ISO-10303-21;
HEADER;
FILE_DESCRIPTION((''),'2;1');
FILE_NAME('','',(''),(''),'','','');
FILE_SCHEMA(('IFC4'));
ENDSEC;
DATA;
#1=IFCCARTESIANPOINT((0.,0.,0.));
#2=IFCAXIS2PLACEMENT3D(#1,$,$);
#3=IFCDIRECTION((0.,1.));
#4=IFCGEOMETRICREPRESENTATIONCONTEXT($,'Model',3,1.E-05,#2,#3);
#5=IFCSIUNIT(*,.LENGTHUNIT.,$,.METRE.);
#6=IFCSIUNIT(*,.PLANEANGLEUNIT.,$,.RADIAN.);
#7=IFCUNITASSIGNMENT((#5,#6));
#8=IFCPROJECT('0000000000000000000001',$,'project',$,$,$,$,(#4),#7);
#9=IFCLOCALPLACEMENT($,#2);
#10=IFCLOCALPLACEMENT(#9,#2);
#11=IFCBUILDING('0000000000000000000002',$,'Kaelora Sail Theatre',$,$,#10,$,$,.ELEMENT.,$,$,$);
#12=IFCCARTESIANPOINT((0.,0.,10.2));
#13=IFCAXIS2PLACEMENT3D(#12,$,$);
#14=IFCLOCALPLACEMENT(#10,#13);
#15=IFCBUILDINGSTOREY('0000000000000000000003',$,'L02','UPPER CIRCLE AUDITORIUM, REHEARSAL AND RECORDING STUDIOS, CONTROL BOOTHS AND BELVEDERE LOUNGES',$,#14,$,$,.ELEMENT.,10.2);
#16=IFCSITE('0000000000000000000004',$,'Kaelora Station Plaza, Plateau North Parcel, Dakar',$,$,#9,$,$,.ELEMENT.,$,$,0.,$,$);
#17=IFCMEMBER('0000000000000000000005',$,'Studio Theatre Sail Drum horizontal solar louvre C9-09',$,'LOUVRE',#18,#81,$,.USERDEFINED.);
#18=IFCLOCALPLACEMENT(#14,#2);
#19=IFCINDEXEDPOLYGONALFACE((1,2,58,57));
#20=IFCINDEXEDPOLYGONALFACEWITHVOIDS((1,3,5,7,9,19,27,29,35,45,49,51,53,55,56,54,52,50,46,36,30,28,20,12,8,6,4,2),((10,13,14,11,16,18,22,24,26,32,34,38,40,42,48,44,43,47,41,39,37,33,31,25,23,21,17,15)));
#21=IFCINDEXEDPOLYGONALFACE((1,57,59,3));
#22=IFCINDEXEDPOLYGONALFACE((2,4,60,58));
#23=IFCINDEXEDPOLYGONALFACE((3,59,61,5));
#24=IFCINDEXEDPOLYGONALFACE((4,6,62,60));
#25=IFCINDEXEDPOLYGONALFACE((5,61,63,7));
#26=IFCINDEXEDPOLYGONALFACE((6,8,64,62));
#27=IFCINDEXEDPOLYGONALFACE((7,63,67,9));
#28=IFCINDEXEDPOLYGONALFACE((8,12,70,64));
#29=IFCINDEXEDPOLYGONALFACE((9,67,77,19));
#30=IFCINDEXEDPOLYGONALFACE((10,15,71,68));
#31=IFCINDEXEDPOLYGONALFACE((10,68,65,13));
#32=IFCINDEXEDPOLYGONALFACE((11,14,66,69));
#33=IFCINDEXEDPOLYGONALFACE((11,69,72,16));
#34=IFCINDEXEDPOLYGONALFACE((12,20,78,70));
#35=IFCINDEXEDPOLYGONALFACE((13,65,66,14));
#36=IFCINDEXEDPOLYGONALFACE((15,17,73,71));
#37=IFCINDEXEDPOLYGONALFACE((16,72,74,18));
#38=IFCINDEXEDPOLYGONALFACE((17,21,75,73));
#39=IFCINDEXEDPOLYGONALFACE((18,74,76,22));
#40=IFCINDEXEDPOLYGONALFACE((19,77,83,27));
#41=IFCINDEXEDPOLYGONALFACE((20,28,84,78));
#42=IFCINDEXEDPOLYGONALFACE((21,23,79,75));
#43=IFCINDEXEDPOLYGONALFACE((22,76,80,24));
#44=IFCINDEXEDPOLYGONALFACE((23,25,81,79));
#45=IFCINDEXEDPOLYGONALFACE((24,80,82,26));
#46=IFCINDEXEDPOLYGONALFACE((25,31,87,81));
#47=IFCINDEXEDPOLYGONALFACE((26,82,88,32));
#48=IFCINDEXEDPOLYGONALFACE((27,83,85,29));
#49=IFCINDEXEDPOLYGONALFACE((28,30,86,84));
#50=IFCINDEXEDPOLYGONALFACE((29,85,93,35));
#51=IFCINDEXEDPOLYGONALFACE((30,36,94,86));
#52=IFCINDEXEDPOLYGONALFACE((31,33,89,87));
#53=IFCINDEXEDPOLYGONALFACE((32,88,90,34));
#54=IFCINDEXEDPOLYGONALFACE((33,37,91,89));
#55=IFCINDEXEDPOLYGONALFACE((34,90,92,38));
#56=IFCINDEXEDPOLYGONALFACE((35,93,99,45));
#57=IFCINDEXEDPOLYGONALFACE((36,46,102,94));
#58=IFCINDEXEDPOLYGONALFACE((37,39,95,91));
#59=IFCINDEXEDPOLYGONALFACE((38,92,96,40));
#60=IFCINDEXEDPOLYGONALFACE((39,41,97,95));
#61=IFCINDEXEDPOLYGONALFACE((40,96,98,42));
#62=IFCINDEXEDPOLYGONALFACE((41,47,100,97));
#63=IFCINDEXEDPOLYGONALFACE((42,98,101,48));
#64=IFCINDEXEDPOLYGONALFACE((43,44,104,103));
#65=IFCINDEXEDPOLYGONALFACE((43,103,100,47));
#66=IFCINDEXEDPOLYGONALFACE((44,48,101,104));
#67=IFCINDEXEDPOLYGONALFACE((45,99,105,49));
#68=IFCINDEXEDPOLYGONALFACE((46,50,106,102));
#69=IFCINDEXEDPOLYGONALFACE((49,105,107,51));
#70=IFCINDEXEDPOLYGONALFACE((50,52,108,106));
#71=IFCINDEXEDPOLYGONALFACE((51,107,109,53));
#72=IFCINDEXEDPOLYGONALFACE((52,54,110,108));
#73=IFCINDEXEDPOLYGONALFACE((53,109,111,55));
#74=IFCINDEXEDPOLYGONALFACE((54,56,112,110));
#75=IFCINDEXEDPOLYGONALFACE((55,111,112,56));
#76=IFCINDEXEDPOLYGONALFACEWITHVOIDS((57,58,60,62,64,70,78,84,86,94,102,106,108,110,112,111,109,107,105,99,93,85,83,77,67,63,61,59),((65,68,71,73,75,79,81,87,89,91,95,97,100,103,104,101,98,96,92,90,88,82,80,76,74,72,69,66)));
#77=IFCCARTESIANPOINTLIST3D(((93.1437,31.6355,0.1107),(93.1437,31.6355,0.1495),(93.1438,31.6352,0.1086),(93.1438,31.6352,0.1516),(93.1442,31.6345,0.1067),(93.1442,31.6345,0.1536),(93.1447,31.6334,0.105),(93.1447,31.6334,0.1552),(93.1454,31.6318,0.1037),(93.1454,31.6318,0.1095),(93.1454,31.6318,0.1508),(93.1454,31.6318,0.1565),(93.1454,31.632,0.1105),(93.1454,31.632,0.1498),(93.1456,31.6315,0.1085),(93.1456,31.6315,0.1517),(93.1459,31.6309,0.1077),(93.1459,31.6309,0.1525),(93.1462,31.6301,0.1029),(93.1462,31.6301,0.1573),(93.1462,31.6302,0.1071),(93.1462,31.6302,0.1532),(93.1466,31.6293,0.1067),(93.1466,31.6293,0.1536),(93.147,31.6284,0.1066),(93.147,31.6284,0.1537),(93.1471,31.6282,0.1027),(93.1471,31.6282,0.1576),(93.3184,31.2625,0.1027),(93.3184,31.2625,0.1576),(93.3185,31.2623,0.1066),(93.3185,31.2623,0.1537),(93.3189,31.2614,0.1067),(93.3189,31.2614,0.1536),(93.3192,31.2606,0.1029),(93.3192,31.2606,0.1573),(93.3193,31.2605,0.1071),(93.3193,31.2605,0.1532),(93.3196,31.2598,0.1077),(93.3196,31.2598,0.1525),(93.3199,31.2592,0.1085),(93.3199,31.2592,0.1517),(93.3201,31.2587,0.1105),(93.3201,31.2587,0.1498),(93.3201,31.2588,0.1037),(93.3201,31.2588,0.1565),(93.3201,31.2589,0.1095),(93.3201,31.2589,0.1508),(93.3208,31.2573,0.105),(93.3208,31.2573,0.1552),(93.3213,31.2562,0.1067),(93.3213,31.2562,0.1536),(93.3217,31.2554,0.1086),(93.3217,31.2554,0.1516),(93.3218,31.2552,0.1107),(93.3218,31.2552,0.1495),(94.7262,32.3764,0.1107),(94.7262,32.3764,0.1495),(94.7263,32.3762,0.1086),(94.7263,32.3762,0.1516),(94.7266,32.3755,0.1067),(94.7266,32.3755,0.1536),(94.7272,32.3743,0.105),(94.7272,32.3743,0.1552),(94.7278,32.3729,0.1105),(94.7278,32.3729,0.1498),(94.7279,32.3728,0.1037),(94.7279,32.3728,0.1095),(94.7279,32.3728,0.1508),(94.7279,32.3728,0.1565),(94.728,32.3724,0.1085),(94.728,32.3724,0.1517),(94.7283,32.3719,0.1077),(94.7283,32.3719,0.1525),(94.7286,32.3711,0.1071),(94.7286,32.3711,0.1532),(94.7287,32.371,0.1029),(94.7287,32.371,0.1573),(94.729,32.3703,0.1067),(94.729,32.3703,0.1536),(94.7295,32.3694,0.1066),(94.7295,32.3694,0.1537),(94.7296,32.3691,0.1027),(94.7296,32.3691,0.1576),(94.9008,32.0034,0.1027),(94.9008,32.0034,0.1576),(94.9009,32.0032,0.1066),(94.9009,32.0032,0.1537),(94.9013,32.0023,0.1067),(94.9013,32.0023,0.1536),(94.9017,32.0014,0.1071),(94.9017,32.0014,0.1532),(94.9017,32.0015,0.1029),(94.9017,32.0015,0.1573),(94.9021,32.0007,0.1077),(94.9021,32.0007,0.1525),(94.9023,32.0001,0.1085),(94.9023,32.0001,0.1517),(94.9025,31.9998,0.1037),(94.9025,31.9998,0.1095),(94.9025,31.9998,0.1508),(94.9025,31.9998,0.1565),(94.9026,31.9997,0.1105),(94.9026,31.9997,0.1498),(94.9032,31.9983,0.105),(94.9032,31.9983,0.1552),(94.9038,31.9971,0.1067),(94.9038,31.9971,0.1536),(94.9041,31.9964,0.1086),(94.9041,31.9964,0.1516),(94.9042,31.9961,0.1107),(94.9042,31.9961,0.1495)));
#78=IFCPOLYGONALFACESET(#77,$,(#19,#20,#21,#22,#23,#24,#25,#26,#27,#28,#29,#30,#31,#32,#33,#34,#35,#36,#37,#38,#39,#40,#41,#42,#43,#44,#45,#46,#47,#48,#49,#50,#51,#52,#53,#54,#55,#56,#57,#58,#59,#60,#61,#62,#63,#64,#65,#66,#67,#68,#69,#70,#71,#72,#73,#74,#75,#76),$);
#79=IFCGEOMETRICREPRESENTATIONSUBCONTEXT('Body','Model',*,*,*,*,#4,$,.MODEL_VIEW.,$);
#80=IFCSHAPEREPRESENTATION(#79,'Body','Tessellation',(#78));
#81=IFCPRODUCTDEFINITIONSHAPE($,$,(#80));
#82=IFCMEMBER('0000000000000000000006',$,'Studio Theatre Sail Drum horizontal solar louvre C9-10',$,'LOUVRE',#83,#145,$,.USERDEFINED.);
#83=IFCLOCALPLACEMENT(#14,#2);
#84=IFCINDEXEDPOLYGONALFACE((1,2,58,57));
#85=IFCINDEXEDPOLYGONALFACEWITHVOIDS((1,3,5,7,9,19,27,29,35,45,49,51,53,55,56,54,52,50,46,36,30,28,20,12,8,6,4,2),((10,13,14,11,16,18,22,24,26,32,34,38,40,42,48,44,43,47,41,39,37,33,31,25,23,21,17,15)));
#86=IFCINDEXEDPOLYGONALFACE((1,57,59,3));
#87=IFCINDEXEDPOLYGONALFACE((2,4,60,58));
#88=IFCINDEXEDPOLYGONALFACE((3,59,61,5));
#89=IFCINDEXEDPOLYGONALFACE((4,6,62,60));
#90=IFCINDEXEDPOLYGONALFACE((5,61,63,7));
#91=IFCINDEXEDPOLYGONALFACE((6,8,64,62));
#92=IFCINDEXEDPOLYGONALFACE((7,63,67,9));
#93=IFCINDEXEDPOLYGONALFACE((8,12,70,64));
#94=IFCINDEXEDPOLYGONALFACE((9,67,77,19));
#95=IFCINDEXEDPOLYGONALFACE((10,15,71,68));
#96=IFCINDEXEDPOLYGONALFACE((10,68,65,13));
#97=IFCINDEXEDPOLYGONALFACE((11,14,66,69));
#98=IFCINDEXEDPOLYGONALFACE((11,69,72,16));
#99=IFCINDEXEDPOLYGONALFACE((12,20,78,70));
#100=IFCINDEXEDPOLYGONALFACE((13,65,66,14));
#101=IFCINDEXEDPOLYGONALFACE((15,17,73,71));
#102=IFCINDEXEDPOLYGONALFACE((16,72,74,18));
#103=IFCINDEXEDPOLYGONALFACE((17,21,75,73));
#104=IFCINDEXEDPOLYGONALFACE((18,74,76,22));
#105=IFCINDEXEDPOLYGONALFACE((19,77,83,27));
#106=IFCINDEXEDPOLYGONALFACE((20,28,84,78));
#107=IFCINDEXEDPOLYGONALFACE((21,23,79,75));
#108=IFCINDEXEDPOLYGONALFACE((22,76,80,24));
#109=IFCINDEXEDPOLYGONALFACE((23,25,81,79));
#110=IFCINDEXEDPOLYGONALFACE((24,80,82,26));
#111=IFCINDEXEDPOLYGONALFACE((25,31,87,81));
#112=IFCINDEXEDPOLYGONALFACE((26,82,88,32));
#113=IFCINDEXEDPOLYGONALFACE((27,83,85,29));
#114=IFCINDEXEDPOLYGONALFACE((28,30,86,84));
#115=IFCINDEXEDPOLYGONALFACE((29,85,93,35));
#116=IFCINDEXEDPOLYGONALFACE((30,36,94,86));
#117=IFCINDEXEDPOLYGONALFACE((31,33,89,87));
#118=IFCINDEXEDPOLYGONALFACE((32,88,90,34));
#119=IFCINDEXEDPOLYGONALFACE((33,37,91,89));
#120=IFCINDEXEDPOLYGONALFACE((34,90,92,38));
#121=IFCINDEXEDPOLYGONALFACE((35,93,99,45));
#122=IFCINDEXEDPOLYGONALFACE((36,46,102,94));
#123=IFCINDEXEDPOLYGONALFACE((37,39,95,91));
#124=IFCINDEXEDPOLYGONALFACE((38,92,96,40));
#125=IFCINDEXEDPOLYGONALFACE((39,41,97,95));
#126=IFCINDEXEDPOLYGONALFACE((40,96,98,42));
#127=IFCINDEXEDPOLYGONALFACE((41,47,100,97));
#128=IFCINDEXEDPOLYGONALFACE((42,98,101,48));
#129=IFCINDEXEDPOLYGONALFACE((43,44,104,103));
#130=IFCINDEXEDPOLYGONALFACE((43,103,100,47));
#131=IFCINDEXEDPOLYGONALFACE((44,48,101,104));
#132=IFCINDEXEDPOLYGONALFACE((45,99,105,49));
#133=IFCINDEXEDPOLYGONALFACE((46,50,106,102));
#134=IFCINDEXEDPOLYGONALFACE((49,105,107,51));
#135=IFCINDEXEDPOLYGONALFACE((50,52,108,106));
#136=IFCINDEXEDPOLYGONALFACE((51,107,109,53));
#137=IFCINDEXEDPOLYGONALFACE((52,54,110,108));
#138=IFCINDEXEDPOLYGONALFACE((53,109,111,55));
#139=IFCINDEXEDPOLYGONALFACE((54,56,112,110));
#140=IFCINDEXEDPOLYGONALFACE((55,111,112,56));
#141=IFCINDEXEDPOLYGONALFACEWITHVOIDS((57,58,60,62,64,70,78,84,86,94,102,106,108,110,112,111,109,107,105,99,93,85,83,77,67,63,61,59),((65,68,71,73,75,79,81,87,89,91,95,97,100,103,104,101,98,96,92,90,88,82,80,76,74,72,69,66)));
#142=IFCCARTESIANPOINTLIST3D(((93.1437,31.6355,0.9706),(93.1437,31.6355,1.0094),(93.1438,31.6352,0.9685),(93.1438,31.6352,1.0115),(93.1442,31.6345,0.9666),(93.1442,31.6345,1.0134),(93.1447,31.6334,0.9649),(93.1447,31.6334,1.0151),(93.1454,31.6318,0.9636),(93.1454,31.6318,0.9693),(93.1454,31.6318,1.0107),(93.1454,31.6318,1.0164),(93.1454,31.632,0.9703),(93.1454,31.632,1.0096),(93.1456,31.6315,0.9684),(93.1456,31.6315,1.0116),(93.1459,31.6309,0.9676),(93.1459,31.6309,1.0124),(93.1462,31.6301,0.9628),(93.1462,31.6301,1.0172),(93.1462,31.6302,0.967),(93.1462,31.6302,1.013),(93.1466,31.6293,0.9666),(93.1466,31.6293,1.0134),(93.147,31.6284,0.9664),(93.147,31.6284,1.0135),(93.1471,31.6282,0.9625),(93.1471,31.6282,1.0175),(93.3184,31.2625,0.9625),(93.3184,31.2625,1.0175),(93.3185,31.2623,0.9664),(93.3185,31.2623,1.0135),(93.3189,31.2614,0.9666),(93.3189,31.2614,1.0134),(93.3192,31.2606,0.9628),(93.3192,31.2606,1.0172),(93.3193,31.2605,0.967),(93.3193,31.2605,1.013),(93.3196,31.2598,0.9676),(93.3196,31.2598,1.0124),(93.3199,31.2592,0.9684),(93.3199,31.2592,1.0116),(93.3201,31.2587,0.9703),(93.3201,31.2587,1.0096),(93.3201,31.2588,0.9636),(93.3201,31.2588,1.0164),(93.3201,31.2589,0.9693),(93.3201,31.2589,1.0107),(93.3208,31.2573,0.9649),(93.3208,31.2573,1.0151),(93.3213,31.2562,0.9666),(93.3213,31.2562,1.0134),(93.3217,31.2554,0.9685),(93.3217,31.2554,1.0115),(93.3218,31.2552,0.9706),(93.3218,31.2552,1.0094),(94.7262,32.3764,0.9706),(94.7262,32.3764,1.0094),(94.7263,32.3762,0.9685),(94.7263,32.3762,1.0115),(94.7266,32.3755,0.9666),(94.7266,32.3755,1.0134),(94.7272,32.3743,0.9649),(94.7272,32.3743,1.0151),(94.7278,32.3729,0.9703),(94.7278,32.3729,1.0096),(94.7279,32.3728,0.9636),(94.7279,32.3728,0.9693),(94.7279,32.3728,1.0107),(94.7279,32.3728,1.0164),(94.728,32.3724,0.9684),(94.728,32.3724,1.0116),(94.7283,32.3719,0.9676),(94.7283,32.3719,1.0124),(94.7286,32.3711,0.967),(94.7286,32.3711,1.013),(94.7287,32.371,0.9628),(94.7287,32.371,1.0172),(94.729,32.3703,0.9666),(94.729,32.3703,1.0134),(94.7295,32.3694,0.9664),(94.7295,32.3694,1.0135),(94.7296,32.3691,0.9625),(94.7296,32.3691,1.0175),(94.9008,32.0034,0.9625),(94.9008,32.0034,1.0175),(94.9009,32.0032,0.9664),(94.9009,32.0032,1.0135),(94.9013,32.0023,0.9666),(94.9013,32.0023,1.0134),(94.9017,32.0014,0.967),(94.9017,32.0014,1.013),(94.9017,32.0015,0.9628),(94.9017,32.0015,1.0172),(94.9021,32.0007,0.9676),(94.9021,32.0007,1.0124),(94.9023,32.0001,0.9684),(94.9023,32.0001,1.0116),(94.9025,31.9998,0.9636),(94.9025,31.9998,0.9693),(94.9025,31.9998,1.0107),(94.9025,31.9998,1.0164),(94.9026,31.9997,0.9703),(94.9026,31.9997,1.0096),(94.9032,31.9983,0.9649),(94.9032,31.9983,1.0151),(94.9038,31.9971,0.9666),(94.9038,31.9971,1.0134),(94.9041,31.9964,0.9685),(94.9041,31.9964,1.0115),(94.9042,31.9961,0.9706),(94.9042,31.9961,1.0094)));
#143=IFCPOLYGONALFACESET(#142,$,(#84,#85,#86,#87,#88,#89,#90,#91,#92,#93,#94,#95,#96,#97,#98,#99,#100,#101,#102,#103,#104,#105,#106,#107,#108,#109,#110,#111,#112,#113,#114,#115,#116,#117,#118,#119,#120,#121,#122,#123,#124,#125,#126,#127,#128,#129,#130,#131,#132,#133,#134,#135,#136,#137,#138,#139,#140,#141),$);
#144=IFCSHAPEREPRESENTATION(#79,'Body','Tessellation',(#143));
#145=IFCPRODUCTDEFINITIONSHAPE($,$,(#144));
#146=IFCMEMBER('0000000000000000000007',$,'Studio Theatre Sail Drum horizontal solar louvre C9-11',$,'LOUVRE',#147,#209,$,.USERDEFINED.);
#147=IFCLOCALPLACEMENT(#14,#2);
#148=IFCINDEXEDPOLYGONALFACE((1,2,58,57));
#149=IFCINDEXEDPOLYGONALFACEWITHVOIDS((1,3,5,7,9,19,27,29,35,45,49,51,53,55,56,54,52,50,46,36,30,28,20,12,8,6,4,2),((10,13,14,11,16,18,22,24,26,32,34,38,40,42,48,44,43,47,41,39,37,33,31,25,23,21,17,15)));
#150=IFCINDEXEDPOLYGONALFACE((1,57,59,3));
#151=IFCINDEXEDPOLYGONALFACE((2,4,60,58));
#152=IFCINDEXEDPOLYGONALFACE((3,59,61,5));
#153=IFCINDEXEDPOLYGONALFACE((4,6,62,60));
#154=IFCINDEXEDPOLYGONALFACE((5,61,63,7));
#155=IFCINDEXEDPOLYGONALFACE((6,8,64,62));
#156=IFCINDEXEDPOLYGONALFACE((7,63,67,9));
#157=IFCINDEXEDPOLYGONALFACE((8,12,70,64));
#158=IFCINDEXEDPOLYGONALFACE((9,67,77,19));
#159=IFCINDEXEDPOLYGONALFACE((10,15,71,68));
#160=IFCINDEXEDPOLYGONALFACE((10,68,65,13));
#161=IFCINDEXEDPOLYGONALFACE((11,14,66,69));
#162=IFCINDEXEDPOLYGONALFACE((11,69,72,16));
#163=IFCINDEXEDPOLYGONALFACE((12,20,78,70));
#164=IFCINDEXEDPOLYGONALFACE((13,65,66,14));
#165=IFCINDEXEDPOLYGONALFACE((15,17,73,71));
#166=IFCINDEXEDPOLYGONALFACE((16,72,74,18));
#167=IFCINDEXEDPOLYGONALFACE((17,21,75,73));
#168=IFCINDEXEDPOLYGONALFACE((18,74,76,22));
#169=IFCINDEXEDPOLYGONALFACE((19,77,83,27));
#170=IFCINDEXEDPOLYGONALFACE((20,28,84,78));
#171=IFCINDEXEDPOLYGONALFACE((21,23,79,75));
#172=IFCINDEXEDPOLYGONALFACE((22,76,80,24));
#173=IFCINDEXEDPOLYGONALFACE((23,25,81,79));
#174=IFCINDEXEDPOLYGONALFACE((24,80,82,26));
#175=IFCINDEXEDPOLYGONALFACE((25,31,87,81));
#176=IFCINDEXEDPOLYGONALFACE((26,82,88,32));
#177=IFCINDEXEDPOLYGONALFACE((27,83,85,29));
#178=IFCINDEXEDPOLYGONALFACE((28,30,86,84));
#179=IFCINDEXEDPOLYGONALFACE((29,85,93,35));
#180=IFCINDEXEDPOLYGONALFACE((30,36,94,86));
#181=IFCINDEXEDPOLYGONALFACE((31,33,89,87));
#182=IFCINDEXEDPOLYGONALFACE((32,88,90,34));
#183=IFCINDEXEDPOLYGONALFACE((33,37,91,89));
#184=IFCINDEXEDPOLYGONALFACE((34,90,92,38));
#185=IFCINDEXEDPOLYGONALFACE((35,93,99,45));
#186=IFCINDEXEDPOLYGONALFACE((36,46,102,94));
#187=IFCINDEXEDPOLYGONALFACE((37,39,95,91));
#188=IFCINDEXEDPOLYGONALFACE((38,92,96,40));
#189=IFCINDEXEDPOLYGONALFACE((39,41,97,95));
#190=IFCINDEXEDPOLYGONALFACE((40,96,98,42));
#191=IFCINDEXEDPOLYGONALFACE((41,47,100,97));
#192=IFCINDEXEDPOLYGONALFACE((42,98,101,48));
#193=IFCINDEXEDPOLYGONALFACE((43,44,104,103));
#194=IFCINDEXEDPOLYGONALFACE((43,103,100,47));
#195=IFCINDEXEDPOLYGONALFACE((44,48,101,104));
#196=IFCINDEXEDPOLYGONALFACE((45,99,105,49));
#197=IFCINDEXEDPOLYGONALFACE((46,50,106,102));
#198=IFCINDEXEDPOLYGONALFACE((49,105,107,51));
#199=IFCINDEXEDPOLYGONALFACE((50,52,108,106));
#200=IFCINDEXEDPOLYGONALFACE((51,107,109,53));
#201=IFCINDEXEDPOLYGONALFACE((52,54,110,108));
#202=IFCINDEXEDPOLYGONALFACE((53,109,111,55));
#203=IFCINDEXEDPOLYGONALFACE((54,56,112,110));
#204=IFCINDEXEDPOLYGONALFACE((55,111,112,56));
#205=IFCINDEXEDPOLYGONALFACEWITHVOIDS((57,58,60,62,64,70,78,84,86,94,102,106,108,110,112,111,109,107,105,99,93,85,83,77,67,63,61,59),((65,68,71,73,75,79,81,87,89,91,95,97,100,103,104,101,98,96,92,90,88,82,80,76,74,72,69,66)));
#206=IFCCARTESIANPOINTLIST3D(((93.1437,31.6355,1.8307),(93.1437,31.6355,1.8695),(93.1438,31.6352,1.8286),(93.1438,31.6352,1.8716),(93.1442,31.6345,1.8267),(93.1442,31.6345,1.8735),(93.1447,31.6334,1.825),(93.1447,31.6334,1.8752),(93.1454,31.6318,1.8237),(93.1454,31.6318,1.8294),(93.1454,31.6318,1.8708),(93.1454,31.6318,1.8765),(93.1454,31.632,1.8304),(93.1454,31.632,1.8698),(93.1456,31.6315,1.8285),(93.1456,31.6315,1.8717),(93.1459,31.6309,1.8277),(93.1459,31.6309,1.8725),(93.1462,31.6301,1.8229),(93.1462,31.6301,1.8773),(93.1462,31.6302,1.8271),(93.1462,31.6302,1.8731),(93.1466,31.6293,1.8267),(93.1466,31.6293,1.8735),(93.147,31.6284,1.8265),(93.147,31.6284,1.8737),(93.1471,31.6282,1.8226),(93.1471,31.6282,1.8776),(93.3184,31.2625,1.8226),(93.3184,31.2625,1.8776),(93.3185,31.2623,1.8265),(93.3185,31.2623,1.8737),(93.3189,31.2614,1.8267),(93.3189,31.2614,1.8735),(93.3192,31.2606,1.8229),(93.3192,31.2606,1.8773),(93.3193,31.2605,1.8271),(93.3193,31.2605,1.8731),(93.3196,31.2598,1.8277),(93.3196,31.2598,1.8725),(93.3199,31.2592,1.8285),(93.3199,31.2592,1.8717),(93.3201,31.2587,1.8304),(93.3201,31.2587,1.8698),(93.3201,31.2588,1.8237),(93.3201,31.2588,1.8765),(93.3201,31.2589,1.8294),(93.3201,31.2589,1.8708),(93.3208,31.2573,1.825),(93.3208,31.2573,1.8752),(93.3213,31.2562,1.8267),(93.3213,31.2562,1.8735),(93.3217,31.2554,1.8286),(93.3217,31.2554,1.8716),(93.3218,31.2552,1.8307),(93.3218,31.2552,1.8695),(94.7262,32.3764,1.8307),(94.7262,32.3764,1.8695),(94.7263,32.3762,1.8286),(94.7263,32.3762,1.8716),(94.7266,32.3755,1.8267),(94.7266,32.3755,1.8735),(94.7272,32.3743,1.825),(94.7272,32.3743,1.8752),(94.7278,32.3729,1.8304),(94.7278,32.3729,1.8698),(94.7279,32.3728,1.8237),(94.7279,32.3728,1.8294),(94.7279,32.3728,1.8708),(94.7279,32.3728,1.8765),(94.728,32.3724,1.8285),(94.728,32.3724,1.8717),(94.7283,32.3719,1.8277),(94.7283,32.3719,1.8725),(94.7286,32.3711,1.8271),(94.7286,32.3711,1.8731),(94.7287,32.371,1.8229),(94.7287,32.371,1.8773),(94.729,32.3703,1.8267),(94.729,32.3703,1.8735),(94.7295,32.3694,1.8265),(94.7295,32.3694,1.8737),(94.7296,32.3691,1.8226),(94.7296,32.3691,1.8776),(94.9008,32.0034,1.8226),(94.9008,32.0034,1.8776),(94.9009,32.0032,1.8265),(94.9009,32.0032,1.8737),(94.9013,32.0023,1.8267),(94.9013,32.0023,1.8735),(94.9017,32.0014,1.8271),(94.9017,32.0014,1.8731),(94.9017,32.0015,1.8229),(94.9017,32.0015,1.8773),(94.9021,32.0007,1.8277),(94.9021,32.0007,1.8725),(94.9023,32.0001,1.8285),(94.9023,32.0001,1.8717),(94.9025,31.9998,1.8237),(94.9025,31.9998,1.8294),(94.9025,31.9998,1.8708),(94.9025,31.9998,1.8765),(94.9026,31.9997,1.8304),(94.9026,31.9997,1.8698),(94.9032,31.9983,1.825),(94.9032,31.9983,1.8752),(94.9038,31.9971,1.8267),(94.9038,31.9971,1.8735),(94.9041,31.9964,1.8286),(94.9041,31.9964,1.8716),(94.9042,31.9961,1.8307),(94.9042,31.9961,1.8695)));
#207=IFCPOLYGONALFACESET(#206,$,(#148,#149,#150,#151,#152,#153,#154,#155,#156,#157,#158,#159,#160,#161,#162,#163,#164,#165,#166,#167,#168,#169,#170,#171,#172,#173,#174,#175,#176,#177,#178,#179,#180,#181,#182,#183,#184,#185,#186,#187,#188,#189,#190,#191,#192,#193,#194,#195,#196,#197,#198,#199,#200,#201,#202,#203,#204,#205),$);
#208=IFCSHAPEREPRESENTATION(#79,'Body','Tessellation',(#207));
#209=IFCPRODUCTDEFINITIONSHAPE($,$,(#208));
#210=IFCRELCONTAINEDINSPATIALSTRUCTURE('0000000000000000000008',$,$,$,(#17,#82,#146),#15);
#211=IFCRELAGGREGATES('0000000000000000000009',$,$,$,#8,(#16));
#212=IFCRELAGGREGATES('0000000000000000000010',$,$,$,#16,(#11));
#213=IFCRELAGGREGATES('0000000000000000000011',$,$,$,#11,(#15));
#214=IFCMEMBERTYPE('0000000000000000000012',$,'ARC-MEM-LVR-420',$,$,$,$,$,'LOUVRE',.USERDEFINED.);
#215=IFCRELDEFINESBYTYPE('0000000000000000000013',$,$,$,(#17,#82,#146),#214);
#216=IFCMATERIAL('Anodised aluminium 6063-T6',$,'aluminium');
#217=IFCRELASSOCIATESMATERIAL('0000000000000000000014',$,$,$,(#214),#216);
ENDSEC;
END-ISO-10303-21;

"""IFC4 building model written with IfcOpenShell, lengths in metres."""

from ifc_helpers import new_model, si_unit, direction, frame, origin, origin_2d, place, context, subcontext, project, spatial, hollow_rectangle, extrude, material, material_profile, profile_set, type_object, element, save


model = new_model("IFC4")

# Units and contexts
model_context = context("Model", 3, precision=1e-05, world=origin(), true_north=direction((0.0, 1.0)))
body_context = subcontext(model_context, "Body", "Model", "MODEL_VIEW")
ifc_project = project(units=[si_unit("LENGTHUNIT", "METRE"), si_unit("PLANEANGLEUNIT", "RADIAN")], contexts=[model_context])

# Site, building, storey
site_placement = place(None, origin())
site = spatial("IfcSite", under=ifc_project, at=site_placement, Name="Kaelora Station Plaza, Plateau North Parcel, Dakar", CompositionType="ELEMENT", RefElevation=0.0)
building_placement = place(site_placement, origin())
building = spatial("IfcBuilding", under=site, at=building_placement, Name="Kaelora Sail Theatre", CompositionType="ELEMENT")
storey_placement = place(building_placement, frame((0.0, 0.0, 10.2)))
storey = spatial("IfcBuildingStorey", under=building, at=storey_placement, Name="L02", Description="UPPER CIRCLE AUDITORIUM, REHEARSAL AND RECORDING STUDIOS, CONTROL BOOTHS AND BELVEDERE LOUNGES", CompositionType="ELEMENT", Elevation=10.2)

# Members
ifc_material_1 = material(Name="Anodised aluminium 6063-T6", Category="aluminium")
ifc_material_profile_1 = material_profile(ifc_material_1, hollow_rectangle(XDim=0.4199, YDim=0.0549, WallThickness=0.0039, InnerFilletRadius=0.0039, OuterFilletRadius=0.0081, at=origin_2d()), Name="LOUVRE 420x55x4")
ifc_profile_set_1 = profile_set([ifc_material_profile_1], Name="Anodised aluminium 6063-T6")
member_type = type_object("IfcMemberType", Name="ARC-MEM-LVR-420", ElementType="LOUVRE", PredefinedType="USERDEFINED", material=ifc_profile_set_1)
for number, where, z_axis, x_axis, name in (
    (1, (94.8152, 32.1863, 0.1301), (-0.905643, -0.42404, 0.0), (0.42404, -0.905643, 0.0), "Studio Theatre Sail Drum horizontal solar louvre C9-09"),
    (2, (94.8152, 32.1863, 0.99), (-0.905643, -0.42404, 0.0), (0.42404, -0.905643, 0.0), "Studio Theatre Sail Drum horizontal solar louvre C9-10"),
    (3, (94.8152, 32.1863, 1.8501), (-0.905643, -0.42404, 0.0), (0.42404, -0.905643, 0.0), "Studio Theatre Sail Drum horizontal solar louvre C9-11"),
):
    element("IfcMember", number, at=place(storey_placement, frame(where, z_axis=z_axis, x_axis=x_axis)), inside=storey, type_object=member_type, Name=name, ObjectType="LOUVRE", PredefinedType="USERDEFINED", context=body_context, shape_type="SweptSolid", body=[
        extrude(hollow_rectangle(XDim=0.4199, YDim=0.0549, WallThickness=0.0039, InnerFilletRadius=0.0039, OuterFilletRadius=0.0081, at=origin_2d()), origin(), (0.0, 0.0, 1.0), 1.7473),
    ])

save(model, "model.ifc")
